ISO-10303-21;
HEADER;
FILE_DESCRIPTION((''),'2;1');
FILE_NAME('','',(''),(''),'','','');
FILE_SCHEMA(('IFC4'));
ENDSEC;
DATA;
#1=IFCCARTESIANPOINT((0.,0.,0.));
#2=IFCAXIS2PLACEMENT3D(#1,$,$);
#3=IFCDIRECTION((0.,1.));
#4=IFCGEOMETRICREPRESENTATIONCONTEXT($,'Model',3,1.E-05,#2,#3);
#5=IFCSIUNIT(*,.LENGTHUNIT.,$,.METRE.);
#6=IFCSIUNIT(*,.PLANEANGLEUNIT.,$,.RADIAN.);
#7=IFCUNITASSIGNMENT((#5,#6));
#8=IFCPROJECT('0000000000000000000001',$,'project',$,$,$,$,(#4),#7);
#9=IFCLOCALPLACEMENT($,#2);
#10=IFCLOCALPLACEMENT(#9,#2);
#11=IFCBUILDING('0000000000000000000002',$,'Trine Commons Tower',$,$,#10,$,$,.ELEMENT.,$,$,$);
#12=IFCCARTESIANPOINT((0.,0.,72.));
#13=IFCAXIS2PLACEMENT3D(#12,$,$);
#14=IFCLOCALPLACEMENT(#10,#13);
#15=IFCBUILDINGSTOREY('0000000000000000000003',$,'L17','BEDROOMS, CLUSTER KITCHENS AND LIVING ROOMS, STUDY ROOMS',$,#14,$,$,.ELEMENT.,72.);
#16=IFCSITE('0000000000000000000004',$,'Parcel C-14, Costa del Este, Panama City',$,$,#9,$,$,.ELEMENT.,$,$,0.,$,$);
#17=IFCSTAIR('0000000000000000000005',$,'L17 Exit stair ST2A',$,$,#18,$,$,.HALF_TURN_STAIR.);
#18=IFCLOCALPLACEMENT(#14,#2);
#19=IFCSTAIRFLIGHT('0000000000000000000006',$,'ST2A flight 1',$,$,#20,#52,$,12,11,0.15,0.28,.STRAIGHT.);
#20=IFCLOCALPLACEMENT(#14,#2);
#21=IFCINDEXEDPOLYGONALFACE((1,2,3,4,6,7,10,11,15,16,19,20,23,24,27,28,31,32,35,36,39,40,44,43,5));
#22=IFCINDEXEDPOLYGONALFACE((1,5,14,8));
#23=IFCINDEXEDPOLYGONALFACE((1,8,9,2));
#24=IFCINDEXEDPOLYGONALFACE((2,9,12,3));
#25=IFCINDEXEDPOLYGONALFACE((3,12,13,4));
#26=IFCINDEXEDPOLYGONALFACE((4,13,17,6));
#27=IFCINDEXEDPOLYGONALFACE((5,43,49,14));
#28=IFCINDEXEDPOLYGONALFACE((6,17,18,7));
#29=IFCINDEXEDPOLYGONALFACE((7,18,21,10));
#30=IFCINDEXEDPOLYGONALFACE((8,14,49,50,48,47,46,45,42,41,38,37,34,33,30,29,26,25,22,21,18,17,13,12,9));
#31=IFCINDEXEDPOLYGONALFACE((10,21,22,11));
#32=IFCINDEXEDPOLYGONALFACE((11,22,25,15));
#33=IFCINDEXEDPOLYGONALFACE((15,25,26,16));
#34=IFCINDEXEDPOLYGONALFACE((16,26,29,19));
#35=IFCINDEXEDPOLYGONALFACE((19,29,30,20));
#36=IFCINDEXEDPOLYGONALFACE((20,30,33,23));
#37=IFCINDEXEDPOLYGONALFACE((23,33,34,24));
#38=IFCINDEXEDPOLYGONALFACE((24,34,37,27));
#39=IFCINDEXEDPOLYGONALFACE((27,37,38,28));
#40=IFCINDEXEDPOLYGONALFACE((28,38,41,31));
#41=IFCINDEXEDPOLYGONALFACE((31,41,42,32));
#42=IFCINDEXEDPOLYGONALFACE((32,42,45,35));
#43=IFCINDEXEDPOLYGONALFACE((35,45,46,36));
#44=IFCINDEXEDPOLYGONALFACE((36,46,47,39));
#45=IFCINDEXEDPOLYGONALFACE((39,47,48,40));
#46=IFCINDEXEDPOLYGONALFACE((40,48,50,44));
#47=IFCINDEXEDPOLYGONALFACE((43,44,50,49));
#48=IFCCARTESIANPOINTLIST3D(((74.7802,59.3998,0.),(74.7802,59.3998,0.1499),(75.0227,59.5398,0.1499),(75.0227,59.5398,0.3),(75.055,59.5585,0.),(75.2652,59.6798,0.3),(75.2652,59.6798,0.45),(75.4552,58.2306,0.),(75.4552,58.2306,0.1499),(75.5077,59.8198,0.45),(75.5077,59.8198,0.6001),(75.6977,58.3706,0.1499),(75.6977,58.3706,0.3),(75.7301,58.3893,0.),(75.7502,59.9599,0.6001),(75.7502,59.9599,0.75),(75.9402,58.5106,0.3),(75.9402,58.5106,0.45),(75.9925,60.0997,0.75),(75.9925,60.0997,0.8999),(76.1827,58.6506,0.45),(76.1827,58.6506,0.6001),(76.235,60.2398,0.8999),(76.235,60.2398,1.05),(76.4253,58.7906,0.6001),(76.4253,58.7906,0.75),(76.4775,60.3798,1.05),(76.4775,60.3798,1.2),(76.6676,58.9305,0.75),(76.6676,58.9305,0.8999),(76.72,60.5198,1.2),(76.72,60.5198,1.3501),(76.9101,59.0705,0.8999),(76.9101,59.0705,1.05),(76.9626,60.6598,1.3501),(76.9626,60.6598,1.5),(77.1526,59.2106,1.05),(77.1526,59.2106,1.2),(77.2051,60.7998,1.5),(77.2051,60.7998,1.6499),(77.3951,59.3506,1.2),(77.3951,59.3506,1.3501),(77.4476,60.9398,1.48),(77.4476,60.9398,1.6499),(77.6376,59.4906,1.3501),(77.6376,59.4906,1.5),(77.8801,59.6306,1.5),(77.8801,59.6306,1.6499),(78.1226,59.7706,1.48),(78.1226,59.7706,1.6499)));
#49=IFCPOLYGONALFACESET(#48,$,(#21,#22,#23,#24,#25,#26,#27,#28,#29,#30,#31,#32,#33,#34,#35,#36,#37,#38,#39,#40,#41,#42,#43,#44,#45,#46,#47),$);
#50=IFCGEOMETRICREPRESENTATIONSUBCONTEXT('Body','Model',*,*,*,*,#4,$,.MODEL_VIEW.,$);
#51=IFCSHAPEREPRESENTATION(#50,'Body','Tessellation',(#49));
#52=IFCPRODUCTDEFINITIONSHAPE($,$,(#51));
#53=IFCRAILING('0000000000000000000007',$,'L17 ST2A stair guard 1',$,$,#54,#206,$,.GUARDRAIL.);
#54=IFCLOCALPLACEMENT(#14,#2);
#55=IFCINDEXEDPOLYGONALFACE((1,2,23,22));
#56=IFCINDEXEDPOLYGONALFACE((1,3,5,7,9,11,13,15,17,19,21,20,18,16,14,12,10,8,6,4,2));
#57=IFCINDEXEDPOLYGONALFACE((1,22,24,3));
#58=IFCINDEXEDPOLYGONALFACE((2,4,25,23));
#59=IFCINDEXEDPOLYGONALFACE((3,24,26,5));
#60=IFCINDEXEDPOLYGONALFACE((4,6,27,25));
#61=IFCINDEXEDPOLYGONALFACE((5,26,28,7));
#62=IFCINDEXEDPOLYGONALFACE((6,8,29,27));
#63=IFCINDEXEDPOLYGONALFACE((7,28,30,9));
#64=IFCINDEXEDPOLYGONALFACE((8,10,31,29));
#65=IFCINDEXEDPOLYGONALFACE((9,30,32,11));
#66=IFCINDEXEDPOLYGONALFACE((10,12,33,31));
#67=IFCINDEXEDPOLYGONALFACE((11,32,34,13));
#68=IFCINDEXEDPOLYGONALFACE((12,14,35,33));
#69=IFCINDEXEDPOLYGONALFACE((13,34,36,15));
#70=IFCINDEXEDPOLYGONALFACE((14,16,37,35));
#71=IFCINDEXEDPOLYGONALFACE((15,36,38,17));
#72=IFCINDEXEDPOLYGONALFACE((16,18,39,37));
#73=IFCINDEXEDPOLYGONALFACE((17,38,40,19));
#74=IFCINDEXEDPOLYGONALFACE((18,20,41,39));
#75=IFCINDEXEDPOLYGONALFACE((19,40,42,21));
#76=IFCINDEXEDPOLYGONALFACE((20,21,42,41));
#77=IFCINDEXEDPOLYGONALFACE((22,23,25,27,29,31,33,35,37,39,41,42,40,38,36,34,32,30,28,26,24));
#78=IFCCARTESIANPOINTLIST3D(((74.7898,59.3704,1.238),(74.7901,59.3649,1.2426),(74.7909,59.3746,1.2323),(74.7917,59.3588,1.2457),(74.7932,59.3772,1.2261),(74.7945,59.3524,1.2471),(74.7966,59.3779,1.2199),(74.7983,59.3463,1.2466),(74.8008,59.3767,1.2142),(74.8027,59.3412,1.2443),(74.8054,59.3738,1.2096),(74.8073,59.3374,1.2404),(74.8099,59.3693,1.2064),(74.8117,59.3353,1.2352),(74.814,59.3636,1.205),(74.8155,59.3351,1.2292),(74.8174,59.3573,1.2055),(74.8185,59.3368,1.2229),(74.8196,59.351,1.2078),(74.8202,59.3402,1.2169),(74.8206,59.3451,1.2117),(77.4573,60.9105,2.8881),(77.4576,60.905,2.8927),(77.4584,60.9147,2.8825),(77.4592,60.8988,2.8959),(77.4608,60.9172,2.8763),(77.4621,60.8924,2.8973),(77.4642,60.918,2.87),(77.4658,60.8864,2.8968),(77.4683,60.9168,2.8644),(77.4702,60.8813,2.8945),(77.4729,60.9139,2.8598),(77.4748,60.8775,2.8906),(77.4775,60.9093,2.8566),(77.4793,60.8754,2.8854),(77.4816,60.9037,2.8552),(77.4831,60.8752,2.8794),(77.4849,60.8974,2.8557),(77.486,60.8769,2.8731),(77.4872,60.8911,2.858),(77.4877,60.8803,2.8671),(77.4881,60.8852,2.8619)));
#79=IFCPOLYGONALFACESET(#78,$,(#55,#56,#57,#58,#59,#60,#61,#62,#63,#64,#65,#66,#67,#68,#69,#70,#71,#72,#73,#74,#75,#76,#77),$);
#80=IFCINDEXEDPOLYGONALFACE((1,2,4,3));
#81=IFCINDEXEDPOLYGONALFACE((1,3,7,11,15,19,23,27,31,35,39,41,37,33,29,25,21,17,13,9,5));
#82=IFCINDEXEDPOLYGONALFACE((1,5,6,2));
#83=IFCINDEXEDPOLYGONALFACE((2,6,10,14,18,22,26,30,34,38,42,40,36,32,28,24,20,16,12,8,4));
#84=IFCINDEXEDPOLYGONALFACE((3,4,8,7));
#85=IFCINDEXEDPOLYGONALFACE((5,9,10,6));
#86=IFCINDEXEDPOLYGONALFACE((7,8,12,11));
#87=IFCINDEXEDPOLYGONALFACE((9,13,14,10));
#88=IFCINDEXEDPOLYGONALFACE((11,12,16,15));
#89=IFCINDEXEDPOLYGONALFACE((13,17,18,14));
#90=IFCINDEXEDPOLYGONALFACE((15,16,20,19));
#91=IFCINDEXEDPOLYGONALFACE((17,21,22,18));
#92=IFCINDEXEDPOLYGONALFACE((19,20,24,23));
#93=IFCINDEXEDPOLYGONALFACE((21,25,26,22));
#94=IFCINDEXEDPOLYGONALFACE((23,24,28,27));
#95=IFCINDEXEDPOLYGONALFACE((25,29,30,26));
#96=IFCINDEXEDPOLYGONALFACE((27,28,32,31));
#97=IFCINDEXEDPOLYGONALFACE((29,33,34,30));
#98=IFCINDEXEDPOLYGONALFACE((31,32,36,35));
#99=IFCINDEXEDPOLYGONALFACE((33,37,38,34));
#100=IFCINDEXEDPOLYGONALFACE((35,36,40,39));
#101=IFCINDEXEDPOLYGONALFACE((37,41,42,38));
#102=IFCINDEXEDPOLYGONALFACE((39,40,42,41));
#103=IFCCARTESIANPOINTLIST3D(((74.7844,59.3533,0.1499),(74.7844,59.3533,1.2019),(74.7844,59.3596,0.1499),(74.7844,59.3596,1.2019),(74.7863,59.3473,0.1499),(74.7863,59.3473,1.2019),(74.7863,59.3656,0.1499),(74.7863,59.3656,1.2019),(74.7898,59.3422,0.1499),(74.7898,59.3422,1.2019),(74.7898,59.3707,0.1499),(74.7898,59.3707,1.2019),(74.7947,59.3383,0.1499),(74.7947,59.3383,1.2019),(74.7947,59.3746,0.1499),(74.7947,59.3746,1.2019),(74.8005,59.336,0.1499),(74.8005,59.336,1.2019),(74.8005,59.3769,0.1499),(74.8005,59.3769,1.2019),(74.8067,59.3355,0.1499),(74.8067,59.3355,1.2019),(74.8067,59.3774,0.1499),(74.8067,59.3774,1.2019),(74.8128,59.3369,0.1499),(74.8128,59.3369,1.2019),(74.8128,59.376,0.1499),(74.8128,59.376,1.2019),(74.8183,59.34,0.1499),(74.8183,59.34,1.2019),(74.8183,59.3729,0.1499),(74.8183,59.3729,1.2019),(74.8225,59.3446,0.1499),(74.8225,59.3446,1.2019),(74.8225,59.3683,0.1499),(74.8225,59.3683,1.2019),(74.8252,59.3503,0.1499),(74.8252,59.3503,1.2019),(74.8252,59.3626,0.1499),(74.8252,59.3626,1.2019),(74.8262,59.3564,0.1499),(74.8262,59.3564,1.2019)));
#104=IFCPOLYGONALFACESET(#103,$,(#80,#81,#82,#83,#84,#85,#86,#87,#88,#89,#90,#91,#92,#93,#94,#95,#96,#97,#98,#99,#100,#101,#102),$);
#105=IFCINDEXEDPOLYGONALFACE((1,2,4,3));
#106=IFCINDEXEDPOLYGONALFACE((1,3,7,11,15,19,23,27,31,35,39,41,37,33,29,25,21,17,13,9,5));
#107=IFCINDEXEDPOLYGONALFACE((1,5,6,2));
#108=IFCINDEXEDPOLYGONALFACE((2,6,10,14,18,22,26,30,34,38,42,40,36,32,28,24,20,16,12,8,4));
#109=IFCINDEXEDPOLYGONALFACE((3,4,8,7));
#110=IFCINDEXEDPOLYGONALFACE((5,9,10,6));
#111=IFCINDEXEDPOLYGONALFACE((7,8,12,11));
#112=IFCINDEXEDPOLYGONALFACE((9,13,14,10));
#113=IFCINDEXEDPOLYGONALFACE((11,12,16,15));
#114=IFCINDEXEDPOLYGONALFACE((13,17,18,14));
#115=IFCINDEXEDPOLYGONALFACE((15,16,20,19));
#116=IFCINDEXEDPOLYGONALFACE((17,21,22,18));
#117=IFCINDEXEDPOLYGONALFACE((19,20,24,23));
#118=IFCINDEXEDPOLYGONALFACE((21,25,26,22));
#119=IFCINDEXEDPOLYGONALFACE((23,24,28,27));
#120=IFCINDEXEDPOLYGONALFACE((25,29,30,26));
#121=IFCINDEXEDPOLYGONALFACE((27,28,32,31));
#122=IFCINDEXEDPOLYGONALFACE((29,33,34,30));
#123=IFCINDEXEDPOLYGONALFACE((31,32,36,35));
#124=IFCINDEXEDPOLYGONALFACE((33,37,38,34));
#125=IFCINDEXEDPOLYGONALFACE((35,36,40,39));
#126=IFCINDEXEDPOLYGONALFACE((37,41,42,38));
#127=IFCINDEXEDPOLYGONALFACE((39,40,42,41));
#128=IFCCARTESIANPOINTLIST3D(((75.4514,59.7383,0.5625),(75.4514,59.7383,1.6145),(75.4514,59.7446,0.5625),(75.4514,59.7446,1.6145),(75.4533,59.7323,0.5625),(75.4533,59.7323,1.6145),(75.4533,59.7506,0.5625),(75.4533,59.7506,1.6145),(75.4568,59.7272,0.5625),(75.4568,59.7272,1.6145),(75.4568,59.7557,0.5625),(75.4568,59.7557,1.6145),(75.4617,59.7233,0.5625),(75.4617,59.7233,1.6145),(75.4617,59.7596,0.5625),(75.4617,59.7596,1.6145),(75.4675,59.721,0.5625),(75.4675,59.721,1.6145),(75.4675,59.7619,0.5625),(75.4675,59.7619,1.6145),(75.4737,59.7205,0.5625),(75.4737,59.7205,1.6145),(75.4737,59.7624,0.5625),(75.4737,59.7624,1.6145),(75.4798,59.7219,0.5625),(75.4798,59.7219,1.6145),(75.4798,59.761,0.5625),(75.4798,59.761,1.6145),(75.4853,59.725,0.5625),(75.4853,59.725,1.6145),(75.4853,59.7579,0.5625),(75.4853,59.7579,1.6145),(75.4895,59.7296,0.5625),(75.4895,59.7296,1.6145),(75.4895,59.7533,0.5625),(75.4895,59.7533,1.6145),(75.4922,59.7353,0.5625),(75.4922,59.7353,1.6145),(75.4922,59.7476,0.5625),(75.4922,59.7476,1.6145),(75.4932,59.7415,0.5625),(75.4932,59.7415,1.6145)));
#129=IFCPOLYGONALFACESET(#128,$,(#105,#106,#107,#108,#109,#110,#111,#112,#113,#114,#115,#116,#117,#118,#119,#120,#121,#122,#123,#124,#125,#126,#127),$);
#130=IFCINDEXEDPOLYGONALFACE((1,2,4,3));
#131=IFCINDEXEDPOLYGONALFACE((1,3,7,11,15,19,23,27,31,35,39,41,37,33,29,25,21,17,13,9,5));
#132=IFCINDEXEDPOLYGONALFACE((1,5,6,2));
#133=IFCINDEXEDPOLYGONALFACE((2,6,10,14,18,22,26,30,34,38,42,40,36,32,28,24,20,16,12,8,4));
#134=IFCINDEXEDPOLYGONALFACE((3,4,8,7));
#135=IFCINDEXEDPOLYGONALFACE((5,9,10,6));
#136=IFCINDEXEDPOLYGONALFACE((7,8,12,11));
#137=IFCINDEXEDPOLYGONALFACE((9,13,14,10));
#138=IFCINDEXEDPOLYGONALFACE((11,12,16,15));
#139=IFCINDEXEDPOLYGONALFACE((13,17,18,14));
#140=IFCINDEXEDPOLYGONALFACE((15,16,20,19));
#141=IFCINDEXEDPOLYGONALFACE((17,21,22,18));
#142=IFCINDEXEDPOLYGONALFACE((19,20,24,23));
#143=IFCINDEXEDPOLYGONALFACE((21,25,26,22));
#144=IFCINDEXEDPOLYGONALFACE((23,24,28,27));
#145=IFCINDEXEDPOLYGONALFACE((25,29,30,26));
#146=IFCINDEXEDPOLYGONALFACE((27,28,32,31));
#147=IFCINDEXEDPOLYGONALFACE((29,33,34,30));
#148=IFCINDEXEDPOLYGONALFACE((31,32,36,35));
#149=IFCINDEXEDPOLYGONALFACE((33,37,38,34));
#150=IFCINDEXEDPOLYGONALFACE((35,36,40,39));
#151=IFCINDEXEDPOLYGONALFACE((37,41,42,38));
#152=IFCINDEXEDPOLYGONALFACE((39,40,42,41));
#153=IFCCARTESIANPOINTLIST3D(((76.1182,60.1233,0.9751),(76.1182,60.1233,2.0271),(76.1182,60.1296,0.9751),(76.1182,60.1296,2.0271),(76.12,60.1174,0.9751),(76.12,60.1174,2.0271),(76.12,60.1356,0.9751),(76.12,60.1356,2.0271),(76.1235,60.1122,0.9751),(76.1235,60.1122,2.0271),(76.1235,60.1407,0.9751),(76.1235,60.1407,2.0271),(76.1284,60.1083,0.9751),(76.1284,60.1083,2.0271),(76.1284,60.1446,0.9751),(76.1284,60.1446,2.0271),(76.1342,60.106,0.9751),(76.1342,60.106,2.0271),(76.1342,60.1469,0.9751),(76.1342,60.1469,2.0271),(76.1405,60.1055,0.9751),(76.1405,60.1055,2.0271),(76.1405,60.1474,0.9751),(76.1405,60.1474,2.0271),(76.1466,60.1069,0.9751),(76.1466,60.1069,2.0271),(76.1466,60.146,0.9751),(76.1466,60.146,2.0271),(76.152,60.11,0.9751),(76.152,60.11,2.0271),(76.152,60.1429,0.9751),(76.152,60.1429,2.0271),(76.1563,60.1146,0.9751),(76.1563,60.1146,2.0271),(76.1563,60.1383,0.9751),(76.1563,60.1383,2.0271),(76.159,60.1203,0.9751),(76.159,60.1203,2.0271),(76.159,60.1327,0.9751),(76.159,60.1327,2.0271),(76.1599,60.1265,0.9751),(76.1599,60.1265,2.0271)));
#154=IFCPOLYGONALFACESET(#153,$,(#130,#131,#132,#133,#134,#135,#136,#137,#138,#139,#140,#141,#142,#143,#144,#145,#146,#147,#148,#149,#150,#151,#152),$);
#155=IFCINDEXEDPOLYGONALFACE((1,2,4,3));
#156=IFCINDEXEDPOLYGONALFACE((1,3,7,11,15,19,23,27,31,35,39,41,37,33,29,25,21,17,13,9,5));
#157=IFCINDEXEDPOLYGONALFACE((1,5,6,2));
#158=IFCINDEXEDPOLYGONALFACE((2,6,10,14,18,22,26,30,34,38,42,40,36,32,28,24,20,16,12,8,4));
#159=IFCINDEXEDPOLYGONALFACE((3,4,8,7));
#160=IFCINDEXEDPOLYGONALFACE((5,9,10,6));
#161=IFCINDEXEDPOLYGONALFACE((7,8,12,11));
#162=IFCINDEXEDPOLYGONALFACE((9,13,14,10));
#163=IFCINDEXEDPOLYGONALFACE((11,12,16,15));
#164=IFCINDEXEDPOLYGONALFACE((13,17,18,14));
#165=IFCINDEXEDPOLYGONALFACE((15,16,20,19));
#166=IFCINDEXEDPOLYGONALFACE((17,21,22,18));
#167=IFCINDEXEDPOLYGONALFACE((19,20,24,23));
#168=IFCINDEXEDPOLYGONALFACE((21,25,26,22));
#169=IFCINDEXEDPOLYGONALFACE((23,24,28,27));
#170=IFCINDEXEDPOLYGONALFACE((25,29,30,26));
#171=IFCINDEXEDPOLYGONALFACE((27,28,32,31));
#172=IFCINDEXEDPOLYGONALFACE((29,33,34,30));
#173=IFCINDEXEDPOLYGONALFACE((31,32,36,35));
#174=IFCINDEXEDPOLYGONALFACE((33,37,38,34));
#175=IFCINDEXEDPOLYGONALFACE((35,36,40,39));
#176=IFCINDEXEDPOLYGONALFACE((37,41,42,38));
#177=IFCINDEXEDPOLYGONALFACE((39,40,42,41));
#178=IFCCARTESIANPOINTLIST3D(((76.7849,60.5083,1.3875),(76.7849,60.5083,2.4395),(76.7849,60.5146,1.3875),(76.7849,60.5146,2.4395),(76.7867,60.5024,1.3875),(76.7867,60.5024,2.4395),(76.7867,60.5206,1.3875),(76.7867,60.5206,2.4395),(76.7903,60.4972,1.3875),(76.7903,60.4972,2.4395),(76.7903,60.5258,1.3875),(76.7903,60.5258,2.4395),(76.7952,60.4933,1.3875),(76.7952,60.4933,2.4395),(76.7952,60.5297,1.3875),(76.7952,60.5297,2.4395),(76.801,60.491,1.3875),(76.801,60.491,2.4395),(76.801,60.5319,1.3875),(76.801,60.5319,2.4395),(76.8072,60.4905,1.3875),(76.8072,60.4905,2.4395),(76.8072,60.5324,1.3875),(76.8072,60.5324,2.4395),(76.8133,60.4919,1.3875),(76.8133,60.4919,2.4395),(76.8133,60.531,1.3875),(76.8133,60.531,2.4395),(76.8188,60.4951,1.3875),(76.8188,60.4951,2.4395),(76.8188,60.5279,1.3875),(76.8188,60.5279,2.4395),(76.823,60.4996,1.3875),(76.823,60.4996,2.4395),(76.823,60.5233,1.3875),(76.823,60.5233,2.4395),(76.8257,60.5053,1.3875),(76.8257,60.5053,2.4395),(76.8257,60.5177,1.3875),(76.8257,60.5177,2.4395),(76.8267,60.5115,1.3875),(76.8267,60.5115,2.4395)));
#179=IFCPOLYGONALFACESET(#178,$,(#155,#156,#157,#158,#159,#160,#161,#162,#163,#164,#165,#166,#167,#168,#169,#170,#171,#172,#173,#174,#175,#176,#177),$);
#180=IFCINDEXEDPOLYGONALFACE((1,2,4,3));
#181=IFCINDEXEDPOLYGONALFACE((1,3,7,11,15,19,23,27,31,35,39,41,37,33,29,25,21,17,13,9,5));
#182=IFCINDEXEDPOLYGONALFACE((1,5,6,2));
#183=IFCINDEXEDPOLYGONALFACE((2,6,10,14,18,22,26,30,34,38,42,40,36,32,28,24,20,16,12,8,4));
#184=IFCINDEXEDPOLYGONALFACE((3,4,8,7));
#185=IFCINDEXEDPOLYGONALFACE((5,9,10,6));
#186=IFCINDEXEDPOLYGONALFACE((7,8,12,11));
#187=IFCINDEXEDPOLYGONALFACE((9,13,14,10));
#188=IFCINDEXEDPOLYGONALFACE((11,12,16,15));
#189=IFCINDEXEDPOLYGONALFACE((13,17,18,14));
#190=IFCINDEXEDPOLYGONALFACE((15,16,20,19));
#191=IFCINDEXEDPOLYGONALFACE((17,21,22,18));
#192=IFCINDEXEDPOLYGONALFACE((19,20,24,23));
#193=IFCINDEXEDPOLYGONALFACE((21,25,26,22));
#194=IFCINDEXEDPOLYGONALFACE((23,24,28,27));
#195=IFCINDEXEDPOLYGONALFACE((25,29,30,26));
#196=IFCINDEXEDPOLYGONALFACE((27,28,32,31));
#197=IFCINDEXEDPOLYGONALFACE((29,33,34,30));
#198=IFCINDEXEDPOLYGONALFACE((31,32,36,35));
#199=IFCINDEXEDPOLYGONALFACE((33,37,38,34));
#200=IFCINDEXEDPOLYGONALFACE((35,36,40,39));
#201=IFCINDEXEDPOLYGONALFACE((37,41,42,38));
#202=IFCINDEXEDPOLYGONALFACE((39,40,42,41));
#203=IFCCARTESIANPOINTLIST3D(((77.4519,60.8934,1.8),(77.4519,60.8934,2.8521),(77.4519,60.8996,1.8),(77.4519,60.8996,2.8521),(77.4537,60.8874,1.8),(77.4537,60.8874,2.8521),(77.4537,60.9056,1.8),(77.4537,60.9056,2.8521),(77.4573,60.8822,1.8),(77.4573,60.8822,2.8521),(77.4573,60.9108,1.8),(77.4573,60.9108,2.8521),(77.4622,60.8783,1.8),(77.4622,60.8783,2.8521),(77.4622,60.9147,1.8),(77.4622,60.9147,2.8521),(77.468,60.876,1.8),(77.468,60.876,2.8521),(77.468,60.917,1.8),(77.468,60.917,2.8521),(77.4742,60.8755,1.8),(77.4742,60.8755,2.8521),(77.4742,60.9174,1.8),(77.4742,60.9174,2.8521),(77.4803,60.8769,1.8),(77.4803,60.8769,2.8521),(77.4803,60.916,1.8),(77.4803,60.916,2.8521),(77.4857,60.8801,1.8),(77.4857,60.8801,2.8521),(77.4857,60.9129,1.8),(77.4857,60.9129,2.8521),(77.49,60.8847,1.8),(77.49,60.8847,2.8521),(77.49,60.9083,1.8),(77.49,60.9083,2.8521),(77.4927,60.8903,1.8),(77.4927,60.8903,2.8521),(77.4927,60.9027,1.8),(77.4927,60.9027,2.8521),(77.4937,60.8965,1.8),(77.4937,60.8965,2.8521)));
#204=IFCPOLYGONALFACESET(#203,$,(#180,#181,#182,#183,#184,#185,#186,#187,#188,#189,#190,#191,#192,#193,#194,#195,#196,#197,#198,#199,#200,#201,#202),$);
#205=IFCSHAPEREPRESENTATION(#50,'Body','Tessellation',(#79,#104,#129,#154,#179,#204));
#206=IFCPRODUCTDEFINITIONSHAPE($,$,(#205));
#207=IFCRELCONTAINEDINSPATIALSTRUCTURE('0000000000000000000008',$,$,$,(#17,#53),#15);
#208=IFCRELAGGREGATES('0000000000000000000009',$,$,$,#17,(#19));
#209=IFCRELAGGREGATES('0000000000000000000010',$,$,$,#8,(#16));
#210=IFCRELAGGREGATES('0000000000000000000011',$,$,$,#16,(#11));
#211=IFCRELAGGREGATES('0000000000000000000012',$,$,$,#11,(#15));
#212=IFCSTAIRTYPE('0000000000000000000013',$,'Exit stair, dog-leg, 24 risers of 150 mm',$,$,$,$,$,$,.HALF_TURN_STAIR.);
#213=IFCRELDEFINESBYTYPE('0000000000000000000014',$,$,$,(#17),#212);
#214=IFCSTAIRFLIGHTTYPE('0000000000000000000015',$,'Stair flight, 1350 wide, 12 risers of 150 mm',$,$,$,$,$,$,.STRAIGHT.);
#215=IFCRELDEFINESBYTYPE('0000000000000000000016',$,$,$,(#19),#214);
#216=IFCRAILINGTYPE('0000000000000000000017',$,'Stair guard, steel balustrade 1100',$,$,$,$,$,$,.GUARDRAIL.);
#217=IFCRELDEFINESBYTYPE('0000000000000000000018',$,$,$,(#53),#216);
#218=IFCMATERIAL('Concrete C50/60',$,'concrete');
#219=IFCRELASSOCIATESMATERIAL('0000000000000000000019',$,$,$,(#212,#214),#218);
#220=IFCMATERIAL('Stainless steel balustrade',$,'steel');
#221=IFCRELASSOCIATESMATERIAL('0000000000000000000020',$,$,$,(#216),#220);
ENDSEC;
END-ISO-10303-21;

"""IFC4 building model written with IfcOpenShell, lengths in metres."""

from ifc_helpers import new_model, si_unit, direction, frame, origin, origin_2d, place, context, subcontext, project, spatial, polyline, circle, outline, extrude, material, type_object, element, aggregate, save


model = new_model("IFC4")

# Units and contexts
model_context = context("Model", 3, precision=1e-05, world=origin(), true_north=direction((0.0, 1.0)))
body_context = subcontext(model_context, "Body", "Model", "MODEL_VIEW")
ifc_project = project(units=[si_unit("LENGTHUNIT", "METRE"), si_unit("PLANEANGLEUNIT", "RADIAN")], contexts=[model_context])

# Site, building, storey
site_placement = place(None, origin())
site = spatial("IfcSite", under=ifc_project, at=site_placement, Name="Parcel C-14, Costa del Este, Panama City", CompositionType="ELEMENT", RefElevation=0.0)
building_placement = place(site_placement, origin())
building = spatial("IfcBuilding", under=site, at=building_placement, Name="Trine Commons Tower", CompositionType="ELEMENT")
storey_placement = place(building_placement, frame((0.0, 0.0, 72.0)))
storey = spatial("IfcBuildingStorey", under=building, at=storey_placement, Name="L17", Description="BEDROOMS, CLUSTER KITCHENS AND LIVING ROOMS, STUDY ROOMS", CompositionType="ELEMENT", Elevation=72.0)

# Stair, stair flight
ifc_material_1 = material(Name="Concrete C50/60", Category="concrete")
stair_type = type_object("IfcStairType", Name="Exit stair, dog-leg, 24 risers of 150 mm", PredefinedType="HALF_TURN_STAIR", material=ifc_material_1)
stair_placement = place(storey_placement, origin())
stair = element("IfcStair", 1, at=stair_placement, inside=storey, type_object=stair_type, Name="L17 Exit stair ST2A", PredefinedType="HALF_TURN_STAIR")
stair_flight_type = type_object("IfcStairFlightType", Name="Stair flight, 1350 wide, 12 risers of 150 mm", PredefinedType="STRAIGHT", material=ifc_material_1)
stair_flight_placement = place(storey_placement, frame((75.1177, 58.8152, 0.0), z_axis=(0.0, 0.0, 1.0), x_axis=(0.866025, 0.5, 0.0)))
stair_flight = element("IfcStairFlight", 2, at=stair_flight_placement, type_object=stair_flight_type, Name="ST2A flight 1", NumberOfRisers=12, NumberOfTreads=11, PredefinedType="STRAIGHT", RiserHeight=0.15, TreadLength=0.28, context=body_context, shape_type="SweptSolid", body=[
    extrude(outline(polyline([(0.0, 0.0), (0.0, 0.1499), (0.28, 0.1499), (0.28, 0.3), (0.5601, 0.3), (0.5601, 0.45), (0.8401, 0.45), (0.8401, 0.6001), (1.1201, 0.6001), (1.1201, 0.75), (1.3999, 0.75), (1.3999, 0.8999), (1.6799, 0.8999), (1.6799, 1.05), (1.96, 1.05), (1.96, 1.2), (2.24, 1.2), (2.24, 1.3501), (2.52, 1.3501), (2.52, 1.5), (2.8, 1.5), (2.8, 1.6499), (3.0801, 1.6499), (3.0801, 1.8), (3.0801, 1.48), (0.3174, 0.0), (0.0, 0.0)])), frame((0.0, 0.675, 0.0), z_axis=(0.0, -1.0, 0.0), x_axis=(1.0, 0.0, 0.0)), (0.0, 0.0, 1.0), 1.3501),
])
aggregate(stair, [stair_flight])

# Railing
ifc_material_2 = material(Name="Stainless steel balustrade", Category="steel")
railing_type_1 = type_object("IfcRailingType", Name="Stair guard, steel balustrade 1100", PredefinedType="GUARDRAIL", material=ifc_material_2)
railing_1_placement = place(storey_placement, frame((74.8052, 59.3564, 0.1499)))
element("IfcRailing", 3, at=railing_1_placement, inside=storey, type_object=railing_type_1, Name="L17 ST2A stair guard 1", PredefinedType="GUARDRAIL", context=body_context, shape_type="SweptSolid", body=[
    extrude(circle(Radius=0.0239, at=origin_2d()), frame((0.0, 0.0, 1.0762), z_axis=(0.76338, 0.440728, 0.472239), x_axis=(-0.499992, 0.86603, 0.0)), (0.0, 0.0, 1.0), 3.4944),
    extrude(circle(Radius=0.021, at=origin_2d()), origin(), (0.0, 0.0, 1.0), 1.052),
    extrude(circle(Radius=0.021, at=origin_2d()), frame((0.667, 0.385, 0.4126)), (0.0, 0.0, 1.0), 1.052),
    extrude(circle(Radius=0.021, at=origin_2d()), frame((1.3337, 0.77, 0.8252)), (0.0, 0.0, 1.0), 1.052),
    extrude(circle(Radius=0.021, at=origin_2d()), frame((2.0005, 1.155, 1.2375)), (0.0, 0.0, 1.0), 1.052),
    extrude(circle(Radius=0.021, at=origin_2d()), frame((2.6675, 1.54, 1.6501)), (0.0, 0.0, 1.0), 1.052),
])

save(model, "model.ifc")
